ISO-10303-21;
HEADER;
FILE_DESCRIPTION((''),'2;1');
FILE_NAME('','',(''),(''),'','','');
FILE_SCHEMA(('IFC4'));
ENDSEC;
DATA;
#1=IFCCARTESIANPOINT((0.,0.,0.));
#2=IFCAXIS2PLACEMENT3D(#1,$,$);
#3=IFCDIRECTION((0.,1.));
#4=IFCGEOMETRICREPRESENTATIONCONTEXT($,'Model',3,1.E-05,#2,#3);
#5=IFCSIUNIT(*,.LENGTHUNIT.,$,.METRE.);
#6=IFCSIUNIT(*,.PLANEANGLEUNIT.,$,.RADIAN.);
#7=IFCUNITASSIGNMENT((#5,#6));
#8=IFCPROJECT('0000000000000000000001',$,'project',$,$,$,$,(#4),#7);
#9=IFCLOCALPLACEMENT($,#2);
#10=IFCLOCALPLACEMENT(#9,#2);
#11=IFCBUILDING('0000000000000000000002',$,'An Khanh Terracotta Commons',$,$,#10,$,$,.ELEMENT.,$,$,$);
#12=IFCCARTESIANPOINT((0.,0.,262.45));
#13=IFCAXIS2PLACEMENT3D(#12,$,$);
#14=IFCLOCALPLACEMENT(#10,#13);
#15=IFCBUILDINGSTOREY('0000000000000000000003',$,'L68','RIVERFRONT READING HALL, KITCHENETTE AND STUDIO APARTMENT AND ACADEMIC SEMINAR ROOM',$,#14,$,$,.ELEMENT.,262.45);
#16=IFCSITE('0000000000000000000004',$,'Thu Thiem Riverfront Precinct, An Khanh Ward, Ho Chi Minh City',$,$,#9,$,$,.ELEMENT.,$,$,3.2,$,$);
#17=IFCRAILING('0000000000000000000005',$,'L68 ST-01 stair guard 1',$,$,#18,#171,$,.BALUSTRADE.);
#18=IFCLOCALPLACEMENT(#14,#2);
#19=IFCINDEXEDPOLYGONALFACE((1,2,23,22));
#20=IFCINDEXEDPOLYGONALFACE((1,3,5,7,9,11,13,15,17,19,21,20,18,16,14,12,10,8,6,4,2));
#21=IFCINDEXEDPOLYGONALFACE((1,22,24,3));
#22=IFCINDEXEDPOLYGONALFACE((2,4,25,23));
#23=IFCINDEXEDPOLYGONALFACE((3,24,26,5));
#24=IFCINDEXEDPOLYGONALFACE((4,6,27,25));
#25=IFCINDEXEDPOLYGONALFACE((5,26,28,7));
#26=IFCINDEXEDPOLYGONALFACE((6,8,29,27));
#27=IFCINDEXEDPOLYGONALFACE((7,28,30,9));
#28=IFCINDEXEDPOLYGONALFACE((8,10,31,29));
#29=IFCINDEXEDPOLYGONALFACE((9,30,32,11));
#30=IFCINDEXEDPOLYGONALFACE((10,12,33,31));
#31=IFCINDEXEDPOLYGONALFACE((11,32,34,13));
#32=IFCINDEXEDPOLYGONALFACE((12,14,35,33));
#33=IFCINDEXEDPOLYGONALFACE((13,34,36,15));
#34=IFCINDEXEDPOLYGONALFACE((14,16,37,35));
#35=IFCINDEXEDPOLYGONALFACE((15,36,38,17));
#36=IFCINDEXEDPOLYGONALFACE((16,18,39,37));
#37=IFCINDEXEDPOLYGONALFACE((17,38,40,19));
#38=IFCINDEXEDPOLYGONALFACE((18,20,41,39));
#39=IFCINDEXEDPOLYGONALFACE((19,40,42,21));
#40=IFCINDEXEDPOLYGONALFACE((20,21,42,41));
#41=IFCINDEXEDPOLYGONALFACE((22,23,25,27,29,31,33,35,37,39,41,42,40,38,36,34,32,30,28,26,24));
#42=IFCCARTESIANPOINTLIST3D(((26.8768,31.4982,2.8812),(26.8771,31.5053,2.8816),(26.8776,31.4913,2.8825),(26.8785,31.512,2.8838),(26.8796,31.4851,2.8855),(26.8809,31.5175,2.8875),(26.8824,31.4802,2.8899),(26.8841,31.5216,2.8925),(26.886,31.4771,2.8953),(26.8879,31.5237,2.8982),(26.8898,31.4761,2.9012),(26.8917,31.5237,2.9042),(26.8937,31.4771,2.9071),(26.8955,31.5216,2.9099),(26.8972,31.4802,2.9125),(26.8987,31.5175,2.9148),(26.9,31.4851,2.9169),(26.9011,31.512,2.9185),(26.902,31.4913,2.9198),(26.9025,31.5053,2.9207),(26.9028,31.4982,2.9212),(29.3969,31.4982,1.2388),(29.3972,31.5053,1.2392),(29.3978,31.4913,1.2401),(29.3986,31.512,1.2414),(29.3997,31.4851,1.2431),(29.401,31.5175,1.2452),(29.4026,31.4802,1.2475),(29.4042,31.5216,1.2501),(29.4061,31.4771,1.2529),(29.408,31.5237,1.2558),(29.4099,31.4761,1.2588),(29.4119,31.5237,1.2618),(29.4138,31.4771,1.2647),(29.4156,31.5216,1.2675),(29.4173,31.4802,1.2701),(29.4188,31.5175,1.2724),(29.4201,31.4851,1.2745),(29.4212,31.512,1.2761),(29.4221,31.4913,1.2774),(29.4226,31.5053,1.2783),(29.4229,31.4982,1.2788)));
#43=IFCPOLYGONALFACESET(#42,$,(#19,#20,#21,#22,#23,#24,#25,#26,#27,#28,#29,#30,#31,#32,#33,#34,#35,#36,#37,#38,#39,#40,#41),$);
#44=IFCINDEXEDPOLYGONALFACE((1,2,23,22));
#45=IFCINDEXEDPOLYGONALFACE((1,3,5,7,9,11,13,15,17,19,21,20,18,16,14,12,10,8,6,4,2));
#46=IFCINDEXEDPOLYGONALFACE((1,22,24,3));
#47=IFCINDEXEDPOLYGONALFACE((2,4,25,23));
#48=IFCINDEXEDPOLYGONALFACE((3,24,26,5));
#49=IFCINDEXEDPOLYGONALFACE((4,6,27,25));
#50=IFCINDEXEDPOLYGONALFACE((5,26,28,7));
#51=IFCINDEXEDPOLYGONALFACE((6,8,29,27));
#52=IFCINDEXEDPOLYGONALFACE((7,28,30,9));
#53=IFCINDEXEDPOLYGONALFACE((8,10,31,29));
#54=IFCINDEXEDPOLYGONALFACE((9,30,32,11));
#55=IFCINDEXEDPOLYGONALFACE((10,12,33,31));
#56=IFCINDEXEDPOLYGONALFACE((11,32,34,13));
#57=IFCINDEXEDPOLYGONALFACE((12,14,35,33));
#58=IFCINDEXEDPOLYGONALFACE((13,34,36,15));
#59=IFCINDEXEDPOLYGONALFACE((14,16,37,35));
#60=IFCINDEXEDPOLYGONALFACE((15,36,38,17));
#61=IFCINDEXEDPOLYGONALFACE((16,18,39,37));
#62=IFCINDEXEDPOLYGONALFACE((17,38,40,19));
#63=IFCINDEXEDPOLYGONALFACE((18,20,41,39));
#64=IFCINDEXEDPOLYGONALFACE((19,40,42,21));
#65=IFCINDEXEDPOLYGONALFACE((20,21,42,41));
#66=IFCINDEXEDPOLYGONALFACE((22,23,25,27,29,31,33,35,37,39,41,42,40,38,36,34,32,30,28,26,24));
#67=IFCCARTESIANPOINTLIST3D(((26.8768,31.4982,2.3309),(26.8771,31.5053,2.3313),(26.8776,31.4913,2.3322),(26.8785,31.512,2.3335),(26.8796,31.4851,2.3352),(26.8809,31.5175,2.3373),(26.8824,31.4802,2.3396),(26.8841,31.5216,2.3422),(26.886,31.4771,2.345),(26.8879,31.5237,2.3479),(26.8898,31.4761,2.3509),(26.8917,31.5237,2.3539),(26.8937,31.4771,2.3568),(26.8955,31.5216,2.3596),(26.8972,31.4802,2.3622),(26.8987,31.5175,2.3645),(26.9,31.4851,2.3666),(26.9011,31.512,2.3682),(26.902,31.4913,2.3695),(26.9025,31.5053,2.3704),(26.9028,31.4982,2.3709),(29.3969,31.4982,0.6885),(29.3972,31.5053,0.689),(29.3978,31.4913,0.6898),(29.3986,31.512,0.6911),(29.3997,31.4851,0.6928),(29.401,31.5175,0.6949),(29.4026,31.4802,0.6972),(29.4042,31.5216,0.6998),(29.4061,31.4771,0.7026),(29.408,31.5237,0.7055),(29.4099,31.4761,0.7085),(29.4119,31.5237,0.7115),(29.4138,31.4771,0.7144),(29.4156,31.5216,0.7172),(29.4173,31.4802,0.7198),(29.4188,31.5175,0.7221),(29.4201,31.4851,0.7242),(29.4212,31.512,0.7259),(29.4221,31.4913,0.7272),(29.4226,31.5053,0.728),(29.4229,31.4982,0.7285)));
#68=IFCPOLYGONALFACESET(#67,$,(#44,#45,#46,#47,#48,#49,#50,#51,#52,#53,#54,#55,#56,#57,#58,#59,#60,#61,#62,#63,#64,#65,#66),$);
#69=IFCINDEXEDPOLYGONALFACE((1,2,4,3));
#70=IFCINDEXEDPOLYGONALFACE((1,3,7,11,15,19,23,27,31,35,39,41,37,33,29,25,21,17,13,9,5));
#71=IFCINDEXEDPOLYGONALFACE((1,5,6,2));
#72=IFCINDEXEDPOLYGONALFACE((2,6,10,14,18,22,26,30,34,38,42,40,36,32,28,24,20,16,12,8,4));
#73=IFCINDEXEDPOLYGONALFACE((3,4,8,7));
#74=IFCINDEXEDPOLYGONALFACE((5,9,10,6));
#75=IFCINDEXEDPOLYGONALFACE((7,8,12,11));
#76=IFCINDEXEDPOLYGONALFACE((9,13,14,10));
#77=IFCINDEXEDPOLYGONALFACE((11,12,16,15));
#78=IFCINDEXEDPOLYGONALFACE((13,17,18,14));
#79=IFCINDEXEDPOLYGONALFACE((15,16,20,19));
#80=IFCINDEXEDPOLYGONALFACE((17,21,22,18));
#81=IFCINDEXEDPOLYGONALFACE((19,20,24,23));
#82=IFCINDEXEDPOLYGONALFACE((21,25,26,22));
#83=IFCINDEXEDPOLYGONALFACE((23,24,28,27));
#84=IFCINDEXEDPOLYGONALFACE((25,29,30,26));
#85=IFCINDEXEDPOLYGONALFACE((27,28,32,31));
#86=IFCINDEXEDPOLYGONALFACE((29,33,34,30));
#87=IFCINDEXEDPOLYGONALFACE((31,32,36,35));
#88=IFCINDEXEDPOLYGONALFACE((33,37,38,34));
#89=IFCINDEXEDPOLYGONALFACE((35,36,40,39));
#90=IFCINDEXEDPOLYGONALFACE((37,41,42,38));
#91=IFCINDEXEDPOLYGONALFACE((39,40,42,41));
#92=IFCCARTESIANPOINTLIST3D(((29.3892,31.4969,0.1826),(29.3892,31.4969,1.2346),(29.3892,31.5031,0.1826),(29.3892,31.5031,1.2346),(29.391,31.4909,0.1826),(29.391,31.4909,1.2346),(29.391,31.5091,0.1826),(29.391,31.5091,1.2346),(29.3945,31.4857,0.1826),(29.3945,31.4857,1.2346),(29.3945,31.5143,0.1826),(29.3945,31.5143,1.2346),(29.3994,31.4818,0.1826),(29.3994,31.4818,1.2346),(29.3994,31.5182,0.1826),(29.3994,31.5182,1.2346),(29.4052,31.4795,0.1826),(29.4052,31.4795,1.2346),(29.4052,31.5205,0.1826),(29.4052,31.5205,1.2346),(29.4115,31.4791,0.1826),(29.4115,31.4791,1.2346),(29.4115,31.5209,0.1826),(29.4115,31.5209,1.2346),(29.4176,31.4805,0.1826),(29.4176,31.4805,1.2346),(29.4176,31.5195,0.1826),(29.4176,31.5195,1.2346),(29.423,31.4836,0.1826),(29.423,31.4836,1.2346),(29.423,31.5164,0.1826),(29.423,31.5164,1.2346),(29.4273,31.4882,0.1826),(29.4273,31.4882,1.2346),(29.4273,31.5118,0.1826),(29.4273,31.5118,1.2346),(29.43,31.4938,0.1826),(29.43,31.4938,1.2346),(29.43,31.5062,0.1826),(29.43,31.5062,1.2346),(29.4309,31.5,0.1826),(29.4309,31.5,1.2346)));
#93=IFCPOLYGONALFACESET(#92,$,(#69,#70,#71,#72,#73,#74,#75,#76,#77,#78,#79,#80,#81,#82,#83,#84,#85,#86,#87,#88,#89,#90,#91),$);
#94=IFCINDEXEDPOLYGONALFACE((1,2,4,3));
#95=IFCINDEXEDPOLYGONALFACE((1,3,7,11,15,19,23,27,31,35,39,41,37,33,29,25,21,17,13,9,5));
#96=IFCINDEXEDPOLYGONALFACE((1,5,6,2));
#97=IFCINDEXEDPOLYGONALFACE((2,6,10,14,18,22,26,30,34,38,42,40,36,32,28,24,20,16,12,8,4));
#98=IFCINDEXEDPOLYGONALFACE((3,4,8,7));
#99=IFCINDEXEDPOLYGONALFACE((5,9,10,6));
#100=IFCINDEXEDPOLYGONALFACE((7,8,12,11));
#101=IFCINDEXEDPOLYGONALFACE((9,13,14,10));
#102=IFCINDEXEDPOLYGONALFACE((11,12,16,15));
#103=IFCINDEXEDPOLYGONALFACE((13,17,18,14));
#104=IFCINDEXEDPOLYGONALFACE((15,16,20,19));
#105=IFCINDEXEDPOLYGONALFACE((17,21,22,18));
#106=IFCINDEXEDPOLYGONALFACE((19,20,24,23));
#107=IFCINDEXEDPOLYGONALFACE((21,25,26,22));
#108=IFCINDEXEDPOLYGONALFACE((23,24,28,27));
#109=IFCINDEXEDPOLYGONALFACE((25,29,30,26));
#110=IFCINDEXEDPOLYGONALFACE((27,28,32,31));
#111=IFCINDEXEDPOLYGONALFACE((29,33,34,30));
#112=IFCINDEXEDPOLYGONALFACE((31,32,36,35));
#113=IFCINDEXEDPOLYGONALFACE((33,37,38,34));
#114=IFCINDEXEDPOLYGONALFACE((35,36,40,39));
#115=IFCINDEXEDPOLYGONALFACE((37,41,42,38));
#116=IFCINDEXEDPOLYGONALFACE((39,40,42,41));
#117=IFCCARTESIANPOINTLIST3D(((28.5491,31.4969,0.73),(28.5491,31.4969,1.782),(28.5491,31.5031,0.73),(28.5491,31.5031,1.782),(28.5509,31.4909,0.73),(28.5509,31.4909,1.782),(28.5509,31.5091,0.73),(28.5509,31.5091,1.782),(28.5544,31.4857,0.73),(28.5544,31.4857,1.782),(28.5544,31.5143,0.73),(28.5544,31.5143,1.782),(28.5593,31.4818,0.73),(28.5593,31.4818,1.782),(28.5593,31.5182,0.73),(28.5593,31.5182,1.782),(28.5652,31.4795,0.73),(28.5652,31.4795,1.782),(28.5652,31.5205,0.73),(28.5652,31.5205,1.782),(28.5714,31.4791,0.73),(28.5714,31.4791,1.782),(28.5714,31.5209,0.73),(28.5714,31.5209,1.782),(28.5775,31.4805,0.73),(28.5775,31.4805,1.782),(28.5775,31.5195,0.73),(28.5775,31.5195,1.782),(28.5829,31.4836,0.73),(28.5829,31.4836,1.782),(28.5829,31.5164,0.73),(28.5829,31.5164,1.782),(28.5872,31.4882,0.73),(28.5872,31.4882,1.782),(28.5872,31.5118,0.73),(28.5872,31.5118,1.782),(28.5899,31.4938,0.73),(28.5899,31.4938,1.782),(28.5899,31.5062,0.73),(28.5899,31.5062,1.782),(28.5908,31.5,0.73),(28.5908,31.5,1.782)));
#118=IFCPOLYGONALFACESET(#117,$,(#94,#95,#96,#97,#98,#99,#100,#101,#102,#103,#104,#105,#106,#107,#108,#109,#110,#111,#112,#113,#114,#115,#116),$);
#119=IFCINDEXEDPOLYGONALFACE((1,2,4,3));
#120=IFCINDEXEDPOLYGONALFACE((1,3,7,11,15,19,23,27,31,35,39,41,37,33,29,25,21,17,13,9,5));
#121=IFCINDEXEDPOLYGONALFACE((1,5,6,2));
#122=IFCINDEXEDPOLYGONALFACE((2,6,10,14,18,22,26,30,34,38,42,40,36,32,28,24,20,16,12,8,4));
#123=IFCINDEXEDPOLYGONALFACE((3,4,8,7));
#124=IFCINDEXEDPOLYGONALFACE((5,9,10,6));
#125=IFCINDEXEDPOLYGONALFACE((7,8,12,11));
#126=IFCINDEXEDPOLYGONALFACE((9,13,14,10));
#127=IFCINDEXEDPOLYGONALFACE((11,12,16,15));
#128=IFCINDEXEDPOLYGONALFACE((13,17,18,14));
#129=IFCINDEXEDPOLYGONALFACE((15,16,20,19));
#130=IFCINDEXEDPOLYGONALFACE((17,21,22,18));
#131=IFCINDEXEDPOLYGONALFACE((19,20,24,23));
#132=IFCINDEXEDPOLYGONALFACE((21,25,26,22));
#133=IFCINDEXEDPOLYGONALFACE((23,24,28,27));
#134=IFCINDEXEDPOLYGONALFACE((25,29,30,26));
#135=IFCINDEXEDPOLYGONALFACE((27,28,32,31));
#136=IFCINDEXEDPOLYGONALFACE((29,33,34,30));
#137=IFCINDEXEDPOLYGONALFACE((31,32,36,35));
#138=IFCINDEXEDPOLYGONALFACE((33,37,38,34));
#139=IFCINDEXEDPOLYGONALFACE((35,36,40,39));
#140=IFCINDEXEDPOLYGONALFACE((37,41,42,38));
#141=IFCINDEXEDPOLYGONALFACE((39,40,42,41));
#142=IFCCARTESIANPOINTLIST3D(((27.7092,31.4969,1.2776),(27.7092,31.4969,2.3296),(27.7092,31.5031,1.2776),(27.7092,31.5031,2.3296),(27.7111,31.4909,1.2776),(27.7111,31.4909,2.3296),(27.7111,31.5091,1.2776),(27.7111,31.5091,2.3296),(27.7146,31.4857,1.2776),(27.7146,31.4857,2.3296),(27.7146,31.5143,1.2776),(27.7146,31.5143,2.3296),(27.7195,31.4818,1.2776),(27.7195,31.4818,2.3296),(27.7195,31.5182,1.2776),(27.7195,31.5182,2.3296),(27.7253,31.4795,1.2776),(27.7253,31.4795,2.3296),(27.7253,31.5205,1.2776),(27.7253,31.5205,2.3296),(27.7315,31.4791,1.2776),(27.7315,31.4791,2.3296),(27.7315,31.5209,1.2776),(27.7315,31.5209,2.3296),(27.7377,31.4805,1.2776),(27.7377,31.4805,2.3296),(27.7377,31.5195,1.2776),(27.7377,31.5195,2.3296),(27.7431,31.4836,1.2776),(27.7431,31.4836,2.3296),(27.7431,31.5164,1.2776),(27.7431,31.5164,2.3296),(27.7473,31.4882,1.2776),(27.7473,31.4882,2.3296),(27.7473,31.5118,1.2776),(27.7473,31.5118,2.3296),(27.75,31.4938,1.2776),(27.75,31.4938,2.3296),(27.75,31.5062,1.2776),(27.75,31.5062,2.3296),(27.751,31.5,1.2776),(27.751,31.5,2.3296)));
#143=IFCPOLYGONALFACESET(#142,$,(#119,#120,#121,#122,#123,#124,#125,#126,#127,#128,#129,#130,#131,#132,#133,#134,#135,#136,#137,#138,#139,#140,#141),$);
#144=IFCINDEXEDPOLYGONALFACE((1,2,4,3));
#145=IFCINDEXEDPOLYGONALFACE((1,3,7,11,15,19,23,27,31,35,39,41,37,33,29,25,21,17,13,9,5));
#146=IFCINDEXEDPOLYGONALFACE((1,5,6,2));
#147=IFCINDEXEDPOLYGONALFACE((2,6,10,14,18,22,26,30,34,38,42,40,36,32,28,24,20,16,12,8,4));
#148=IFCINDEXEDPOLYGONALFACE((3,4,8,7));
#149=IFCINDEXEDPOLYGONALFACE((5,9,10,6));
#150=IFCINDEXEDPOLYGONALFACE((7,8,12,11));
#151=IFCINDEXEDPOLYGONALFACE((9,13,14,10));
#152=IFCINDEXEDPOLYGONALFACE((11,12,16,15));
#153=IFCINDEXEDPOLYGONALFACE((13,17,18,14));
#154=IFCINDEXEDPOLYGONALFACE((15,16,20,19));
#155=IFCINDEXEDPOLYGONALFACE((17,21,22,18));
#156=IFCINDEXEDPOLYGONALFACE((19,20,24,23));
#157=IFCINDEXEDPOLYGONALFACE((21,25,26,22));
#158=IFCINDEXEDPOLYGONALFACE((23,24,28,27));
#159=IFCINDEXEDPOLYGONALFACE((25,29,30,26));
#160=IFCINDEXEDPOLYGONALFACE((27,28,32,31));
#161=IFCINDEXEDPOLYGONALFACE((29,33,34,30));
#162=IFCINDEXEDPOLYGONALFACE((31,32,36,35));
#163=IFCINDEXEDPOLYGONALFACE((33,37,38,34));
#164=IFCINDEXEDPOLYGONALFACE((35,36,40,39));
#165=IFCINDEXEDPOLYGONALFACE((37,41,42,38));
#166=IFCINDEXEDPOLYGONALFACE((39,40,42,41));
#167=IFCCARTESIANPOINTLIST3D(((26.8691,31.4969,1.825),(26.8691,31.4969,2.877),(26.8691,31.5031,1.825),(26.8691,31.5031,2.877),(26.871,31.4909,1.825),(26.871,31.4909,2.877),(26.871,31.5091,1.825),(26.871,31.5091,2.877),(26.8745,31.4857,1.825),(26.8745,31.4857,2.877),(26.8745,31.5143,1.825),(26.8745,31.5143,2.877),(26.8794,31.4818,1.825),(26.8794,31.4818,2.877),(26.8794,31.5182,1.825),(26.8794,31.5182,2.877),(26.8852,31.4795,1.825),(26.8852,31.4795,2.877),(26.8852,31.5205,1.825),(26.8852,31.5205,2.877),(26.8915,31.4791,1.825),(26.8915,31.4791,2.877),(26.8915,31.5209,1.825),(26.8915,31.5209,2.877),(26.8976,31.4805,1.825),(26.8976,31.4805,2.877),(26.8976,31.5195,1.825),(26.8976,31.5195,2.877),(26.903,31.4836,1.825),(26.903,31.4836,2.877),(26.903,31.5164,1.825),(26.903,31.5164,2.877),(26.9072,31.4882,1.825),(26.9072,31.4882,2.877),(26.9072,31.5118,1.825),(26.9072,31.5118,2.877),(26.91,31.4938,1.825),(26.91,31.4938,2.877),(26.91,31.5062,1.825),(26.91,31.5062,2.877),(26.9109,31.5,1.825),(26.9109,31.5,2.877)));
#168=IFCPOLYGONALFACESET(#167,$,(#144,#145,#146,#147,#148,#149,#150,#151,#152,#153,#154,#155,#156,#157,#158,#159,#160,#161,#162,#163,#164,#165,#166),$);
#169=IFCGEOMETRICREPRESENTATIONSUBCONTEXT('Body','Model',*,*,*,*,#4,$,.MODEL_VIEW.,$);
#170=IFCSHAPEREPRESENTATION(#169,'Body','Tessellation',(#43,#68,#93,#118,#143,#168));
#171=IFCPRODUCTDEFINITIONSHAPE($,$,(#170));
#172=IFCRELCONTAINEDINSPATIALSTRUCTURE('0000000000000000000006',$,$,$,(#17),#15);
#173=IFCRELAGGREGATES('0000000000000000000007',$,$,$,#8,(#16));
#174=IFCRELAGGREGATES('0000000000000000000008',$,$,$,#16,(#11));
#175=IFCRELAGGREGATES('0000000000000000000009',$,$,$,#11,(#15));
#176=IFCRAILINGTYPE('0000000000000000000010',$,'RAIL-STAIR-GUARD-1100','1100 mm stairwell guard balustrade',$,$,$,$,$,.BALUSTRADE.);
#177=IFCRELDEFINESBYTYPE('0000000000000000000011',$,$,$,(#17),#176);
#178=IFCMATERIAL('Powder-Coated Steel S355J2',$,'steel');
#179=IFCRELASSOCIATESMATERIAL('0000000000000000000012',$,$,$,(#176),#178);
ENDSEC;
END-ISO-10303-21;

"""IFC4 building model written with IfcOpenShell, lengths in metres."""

from ifc_helpers import new_model, si_unit, direction, frame, origin, origin_2d, place, context, subcontext, project, spatial, circle, extrude, material, type_object, element, save


model = new_model("IFC4")

# Units and contexts
model_context = context("Model", 3, precision=1e-05, world=origin(), true_north=direction((0.0, 1.0)))
body_context = subcontext(model_context, "Body", "Model", "MODEL_VIEW")
ifc_project = project(units=[si_unit("LENGTHUNIT", "METRE"), si_unit("PLANEANGLEUNIT", "RADIAN")], contexts=[model_context])

# Site, building, storey
site_placement = place(None, origin())
site = spatial("IfcSite", under=ifc_project, at=site_placement, Name="Thu Thiem Riverfront Precinct, An Khanh Ward, Ho Chi Minh City", CompositionType="ELEMENT", RefElevation=3.2)
building_placement = place(site_placement, origin())
building = spatial("IfcBuilding", under=site, at=building_placement, Name="An Khanh Terracotta Commons", CompositionType="ELEMENT")
storey_placement = place(building_placement, frame((0.0, 0.0, 262.45)))
storey = spatial("IfcBuildingStorey", under=building, at=storey_placement, Name="L68", Description="RIVERFRONT READING HALL, KITCHENETTE AND STUDIO APARTMENT AND ACADEMIC SEMINAR ROOM", CompositionType="ELEMENT", Elevation=262.45)

# Railing
ifc_material_1 = material(Name="Powder-Coated Steel S355J2", Category="steel")
railing_type_1 = type_object("IfcRailingType", Name="RAIL-STAIR-GUARD-1100", Description="1100 mm stairwell guard balustrade", PredefinedType="BALUSTRADE", material=ifc_material_1)
railing_1_placement = place(storey_placement, frame((29.4099, 31.5, 0.1826)))
element("IfcRailing", 1, at=railing_1_placement, inside=storey, type_object=railing_type_1, Name="L68 ST-01 stair guard 1", PredefinedType="BALUSTRADE", context=body_context, shape_type="SweptSolid", body=[
    extrude(circle(Radius=0.0239, at=origin_2d()), frame((0.0, 0.0, 1.0762), z_axis=(-0.837787, 0.0, 0.545998), x_axis=(0.0, -1.0, 0.0)), (0.0, 0.0, 1.0), 3.0081),
    extrude(circle(Radius=0.0239, at=origin_2d()), frame((0.0, 0.0, 0.5259), z_axis=(-0.837787, 0.0, 0.545998), x_axis=(0.0, -1.0, 0.0)), (0.0, 0.0, 1.0), 3.0081),
    extrude(circle(Radius=0.021, at=origin_2d()), origin(), (0.0, 0.0, 1.0), 1.052),
    extrude(circle(Radius=0.021, at=origin_2d()), frame((-0.8401, 0.0, 0.5474)), (0.0, 0.0, 1.0), 1.052),
    extrude(circle(Radius=0.021, at=origin_2d()), frame((-1.6799, 0.0, 1.095)), (0.0, 0.0, 1.0), 1.052),
    extrude(circle(Radius=0.021, at=origin_2d()), frame((-2.52, 0.0, 1.6423)), (0.0, 0.0, 1.0), 1.052),
])

save(model, "model.ifc")
